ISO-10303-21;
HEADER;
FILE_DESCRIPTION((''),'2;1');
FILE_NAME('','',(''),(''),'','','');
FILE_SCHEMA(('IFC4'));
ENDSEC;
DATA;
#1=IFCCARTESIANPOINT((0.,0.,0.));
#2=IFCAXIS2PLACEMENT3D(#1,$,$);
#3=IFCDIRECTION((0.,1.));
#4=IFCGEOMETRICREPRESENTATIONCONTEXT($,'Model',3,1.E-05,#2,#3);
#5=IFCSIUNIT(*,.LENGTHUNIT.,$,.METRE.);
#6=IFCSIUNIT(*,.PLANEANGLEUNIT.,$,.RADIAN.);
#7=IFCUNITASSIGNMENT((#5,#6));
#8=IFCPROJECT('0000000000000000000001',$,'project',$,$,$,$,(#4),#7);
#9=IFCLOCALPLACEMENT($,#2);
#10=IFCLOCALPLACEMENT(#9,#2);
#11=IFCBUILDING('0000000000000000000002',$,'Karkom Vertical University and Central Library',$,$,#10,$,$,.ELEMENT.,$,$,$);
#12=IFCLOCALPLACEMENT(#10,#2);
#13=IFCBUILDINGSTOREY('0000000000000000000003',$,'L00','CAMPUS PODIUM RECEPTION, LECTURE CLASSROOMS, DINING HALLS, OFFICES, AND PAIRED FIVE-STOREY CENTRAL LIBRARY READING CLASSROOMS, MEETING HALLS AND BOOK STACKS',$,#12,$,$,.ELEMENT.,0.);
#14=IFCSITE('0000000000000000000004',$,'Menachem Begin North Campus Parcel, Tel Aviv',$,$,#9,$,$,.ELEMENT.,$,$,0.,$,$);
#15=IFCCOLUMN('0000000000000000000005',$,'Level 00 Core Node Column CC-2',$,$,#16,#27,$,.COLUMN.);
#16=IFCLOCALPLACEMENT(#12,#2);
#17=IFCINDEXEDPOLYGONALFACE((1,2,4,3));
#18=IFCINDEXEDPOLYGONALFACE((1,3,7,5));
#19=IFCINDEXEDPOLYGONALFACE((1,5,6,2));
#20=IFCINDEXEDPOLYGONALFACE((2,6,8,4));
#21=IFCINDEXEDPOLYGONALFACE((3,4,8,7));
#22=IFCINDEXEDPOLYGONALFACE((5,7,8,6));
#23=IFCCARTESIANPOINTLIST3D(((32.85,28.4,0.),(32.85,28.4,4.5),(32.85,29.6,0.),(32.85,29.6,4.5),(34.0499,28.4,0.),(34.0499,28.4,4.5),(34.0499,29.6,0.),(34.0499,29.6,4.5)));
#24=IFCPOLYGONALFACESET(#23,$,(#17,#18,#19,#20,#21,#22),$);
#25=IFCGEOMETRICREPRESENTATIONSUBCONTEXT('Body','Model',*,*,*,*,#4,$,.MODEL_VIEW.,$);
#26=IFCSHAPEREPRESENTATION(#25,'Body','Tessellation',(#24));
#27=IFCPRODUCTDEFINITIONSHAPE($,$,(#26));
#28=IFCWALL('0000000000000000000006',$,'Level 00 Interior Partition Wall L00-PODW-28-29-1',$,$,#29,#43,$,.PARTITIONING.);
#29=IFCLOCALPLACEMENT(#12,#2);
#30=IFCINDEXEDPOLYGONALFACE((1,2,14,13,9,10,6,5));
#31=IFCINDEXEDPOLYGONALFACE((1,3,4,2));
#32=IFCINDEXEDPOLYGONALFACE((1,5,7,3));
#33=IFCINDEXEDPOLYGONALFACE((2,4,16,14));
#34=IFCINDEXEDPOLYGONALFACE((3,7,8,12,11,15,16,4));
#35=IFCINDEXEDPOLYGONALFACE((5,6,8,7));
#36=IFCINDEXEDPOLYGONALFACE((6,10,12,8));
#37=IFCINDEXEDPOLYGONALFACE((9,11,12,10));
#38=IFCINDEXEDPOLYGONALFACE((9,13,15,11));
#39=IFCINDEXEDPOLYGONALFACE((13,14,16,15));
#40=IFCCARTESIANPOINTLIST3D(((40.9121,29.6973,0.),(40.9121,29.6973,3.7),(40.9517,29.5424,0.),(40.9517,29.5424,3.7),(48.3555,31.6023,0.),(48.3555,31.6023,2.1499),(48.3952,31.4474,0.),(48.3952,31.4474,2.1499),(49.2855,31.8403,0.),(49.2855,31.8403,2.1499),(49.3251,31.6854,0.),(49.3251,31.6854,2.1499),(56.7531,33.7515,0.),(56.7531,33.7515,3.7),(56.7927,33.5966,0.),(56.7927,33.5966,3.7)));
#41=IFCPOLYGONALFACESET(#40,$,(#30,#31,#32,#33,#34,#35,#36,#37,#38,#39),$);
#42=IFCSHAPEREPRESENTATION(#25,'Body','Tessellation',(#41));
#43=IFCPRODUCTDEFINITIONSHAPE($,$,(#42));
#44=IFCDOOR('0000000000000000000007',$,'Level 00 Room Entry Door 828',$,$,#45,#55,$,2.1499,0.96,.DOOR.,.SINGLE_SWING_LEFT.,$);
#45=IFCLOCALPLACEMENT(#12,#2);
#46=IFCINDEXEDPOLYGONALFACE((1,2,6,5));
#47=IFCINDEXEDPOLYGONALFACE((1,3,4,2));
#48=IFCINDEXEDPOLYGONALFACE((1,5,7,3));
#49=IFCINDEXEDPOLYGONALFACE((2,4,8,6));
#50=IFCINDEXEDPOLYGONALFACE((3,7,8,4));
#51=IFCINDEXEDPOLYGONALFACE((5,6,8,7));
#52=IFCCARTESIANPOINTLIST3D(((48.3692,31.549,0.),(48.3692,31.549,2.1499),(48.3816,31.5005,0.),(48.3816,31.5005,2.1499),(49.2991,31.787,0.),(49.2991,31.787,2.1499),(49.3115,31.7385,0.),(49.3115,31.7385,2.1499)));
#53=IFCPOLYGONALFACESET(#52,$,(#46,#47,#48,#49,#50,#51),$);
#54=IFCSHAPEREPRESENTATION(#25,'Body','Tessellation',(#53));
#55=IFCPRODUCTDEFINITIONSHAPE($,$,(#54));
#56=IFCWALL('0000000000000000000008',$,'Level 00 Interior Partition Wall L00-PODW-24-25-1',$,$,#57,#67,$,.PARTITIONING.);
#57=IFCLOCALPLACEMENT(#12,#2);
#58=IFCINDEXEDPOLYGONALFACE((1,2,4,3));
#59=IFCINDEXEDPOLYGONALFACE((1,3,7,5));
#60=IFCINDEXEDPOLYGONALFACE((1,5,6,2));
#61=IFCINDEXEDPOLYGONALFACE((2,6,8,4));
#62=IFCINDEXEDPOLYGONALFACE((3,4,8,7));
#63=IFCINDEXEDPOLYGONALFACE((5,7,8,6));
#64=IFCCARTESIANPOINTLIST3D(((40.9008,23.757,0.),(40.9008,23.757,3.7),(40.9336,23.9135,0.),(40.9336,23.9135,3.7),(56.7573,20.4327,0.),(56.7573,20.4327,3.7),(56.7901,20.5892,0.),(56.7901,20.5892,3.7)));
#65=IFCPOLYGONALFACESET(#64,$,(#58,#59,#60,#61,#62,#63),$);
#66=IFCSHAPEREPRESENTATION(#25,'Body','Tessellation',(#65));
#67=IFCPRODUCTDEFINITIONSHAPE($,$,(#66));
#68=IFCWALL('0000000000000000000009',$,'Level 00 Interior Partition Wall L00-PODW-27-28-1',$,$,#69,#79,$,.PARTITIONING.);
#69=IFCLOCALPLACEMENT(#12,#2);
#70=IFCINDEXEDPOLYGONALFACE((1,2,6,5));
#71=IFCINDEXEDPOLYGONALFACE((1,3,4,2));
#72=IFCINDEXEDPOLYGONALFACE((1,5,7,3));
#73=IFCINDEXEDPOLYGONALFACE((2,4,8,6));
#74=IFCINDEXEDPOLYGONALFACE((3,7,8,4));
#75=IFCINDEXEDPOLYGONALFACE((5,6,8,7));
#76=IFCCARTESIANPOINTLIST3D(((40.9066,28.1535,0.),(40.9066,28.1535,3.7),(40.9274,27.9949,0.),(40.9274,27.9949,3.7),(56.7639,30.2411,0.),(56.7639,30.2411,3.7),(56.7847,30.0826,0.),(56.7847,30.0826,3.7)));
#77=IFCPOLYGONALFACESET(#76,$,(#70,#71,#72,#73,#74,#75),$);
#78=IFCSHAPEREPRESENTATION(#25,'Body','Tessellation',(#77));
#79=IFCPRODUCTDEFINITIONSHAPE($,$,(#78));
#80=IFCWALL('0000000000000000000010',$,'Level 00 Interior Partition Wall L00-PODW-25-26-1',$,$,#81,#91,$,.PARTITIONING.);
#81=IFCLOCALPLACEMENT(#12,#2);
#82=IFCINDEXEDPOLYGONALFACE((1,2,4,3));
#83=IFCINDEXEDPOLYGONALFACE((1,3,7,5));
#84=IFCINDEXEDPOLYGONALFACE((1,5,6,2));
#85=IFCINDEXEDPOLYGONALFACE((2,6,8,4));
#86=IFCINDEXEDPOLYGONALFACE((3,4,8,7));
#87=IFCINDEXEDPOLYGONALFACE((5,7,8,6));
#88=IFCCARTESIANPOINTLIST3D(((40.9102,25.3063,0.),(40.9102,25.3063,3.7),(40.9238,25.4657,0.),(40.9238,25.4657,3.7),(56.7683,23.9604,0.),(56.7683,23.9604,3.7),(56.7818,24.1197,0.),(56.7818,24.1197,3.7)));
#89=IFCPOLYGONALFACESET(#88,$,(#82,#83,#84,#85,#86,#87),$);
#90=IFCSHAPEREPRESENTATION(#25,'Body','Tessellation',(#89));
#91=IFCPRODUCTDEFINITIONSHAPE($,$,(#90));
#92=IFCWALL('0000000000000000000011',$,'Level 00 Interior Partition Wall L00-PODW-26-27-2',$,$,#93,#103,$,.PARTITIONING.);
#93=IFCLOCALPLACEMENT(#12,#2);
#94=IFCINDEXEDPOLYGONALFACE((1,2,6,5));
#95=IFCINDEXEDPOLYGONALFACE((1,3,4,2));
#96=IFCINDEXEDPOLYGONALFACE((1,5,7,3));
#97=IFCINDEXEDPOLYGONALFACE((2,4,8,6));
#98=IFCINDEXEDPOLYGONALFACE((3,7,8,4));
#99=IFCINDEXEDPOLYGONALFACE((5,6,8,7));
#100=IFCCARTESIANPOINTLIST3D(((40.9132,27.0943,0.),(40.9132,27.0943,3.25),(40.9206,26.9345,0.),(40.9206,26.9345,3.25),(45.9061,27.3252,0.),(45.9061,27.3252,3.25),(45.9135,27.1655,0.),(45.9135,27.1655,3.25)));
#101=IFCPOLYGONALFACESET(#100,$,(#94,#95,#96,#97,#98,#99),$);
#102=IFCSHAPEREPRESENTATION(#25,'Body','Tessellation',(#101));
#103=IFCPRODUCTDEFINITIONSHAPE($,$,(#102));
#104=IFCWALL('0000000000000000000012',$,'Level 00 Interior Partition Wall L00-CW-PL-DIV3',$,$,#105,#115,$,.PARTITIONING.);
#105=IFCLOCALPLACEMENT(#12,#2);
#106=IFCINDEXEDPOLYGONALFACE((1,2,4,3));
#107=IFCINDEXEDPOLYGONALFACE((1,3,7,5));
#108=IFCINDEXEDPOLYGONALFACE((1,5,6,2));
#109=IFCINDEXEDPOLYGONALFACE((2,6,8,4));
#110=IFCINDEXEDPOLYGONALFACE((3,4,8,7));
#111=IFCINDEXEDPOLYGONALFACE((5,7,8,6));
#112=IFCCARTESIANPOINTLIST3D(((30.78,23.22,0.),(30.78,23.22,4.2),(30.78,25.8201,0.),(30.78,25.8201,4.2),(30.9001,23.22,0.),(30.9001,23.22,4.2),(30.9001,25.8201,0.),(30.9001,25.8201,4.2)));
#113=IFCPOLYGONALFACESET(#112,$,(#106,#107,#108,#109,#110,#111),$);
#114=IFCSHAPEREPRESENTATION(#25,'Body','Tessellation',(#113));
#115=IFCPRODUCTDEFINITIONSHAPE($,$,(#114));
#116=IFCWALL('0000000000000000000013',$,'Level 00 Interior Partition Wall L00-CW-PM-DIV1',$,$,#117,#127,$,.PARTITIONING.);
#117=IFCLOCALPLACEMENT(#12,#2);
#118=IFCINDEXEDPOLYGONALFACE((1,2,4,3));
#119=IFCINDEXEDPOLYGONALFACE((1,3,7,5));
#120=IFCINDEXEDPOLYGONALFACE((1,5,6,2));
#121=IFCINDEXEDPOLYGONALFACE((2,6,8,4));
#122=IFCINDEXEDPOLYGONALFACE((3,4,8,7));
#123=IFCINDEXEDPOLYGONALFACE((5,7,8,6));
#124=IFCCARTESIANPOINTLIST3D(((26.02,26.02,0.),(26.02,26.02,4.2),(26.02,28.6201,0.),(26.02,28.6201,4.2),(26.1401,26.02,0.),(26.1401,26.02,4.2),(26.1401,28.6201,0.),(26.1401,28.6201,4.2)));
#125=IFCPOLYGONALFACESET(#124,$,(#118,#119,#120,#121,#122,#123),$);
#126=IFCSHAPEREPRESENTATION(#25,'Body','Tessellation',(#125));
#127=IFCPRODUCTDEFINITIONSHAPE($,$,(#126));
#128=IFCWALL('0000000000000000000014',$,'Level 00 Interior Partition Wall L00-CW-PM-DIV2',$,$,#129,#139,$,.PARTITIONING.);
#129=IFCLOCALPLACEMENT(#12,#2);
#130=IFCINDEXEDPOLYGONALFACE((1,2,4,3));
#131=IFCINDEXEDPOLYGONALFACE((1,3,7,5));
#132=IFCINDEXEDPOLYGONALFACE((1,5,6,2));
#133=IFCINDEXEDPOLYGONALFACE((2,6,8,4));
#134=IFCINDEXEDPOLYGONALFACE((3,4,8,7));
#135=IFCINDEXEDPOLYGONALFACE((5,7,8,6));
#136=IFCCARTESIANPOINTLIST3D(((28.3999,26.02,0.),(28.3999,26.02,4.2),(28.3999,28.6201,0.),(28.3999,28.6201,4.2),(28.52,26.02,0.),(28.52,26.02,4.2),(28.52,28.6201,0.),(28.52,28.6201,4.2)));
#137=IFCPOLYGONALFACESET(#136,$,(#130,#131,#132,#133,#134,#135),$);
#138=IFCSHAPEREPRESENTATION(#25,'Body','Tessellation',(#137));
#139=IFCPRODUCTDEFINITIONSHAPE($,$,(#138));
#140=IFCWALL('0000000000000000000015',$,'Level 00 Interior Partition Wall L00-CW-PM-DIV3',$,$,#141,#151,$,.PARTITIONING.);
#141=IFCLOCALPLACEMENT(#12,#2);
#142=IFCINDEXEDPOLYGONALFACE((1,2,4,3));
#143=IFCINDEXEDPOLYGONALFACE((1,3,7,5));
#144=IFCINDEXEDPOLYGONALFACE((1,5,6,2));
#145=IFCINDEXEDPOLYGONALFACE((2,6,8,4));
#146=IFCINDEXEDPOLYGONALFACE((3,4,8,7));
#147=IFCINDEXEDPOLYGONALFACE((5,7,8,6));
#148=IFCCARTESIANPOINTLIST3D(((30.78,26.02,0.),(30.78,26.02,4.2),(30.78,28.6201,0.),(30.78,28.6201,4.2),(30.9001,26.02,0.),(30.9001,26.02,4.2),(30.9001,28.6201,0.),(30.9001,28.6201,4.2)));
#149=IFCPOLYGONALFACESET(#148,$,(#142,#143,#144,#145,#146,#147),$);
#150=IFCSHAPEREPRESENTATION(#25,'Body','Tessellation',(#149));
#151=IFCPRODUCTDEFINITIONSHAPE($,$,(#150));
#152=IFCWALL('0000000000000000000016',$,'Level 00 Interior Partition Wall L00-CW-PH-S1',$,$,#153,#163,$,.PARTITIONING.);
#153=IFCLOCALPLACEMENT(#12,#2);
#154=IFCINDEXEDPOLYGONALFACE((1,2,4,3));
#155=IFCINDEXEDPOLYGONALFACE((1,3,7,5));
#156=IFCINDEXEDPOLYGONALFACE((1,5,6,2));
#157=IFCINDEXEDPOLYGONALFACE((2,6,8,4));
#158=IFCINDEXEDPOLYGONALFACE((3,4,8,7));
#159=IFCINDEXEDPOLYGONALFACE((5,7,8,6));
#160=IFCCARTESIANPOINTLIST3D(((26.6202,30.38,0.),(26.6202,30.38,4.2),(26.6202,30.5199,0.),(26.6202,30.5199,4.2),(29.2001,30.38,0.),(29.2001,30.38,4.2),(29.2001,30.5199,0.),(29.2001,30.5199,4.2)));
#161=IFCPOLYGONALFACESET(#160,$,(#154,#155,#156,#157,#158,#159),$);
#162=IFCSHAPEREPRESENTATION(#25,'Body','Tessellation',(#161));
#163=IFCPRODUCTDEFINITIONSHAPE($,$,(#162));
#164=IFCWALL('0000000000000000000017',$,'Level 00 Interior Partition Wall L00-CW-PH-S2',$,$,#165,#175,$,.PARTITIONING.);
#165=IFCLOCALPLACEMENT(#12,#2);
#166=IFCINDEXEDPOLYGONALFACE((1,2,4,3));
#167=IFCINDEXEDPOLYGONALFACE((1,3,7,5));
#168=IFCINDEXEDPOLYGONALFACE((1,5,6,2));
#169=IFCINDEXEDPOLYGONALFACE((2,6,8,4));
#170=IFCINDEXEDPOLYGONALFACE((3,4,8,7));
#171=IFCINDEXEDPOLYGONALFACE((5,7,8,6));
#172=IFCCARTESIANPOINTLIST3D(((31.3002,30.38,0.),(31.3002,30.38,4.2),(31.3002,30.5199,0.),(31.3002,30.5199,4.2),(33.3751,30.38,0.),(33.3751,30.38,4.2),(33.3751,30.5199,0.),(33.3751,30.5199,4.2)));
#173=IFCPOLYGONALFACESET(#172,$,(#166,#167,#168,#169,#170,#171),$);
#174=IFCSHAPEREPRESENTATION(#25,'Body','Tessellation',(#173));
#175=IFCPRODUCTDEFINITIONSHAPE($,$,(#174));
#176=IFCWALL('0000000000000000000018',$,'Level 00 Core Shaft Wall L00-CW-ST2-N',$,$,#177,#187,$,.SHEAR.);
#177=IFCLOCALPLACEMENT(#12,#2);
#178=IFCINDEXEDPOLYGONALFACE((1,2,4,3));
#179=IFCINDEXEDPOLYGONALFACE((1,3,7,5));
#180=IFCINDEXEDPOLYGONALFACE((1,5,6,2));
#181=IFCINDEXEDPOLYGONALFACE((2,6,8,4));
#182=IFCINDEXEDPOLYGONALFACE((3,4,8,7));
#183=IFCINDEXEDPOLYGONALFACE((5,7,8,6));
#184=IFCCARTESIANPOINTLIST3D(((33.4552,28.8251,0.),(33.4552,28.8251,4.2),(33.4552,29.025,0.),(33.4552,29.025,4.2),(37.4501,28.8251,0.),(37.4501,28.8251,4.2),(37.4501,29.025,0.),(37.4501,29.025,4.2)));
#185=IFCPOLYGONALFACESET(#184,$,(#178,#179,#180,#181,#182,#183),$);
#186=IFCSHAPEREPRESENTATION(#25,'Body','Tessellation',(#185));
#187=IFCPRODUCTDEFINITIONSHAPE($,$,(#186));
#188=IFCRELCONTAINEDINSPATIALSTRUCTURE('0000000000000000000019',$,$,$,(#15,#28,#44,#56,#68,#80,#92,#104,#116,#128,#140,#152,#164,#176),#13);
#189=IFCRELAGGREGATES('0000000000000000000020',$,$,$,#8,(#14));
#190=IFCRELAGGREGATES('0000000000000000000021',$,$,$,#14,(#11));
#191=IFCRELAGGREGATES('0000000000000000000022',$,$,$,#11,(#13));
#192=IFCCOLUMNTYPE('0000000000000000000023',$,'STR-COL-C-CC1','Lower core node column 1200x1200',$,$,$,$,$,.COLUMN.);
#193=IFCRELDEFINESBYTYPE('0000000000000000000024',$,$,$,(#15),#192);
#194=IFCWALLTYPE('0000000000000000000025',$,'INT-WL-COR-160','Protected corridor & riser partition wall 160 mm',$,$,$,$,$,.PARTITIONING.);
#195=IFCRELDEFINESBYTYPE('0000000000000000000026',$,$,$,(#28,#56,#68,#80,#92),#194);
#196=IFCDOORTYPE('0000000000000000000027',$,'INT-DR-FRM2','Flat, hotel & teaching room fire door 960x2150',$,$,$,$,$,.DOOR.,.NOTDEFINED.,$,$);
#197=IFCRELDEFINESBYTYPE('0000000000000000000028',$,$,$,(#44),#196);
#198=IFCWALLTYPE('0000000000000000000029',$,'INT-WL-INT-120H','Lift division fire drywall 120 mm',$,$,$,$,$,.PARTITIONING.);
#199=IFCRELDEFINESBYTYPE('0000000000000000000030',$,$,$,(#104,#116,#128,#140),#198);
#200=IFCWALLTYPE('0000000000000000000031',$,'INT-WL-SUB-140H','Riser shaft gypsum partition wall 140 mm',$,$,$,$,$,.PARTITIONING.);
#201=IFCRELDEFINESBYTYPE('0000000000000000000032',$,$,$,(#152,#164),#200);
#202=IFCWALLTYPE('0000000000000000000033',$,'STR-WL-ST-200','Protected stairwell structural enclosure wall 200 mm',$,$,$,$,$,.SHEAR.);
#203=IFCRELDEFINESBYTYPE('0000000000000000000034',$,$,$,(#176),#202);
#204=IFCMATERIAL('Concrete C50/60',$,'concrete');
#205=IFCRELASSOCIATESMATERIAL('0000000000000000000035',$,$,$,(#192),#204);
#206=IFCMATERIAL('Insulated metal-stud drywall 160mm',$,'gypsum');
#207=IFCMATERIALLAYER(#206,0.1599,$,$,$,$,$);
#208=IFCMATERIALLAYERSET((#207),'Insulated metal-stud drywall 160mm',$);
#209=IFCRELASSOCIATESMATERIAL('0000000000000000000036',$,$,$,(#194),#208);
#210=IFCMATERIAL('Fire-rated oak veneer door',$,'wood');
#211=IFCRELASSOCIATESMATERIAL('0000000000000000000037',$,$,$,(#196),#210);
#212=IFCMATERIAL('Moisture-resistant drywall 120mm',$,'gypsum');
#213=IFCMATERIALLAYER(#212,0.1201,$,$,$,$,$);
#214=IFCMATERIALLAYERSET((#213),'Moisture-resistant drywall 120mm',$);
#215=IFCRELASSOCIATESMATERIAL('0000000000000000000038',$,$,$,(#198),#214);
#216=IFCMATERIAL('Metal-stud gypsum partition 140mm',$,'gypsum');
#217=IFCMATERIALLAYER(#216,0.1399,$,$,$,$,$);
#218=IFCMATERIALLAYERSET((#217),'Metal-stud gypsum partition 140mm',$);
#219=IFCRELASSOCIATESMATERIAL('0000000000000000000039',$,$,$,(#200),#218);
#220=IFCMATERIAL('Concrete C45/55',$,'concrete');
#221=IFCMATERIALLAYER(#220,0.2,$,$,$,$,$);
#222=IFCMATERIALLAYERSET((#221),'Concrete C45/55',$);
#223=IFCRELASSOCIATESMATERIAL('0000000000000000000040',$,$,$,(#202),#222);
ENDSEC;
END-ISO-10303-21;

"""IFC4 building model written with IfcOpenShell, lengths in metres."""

from ifc_helpers import new_model, si_unit, direction, frame, frame_2d, origin, origin_with_axes, origin_2d, place, context, subcontext, project, spatial, rectangle, extrude, source, transform, mapped, material, layer, layer_set, material_profile, profile_set, type_object, element, fill, save


model = new_model("IFC4")

# Units and contexts
model_context = context("Model", 3, precision=1e-05, world=origin(), true_north=direction((0.0, 1.0)))
body_context = subcontext(model_context, "Body", "Model", "MODEL_VIEW")
ifc_project = project(units=[si_unit("LENGTHUNIT", "METRE"), si_unit("PLANEANGLEUNIT", "RADIAN")], contexts=[model_context])

# Site, building, storey
site_placement = place(None, origin())
site = spatial("IfcSite", under=ifc_project, at=site_placement, Name="Menachem Begin North Campus Parcel, Tel Aviv", CompositionType="ELEMENT", RefElevation=0.0)
building_placement = place(site_placement, origin())
building = spatial("IfcBuilding", under=site, at=building_placement, Name="Karkom Vertical University and Central Library", CompositionType="ELEMENT")
storey_placement = place(building_placement, origin())
storey = spatial("IfcBuildingStorey", under=building, at=storey_placement, Name="L00", Description="CAMPUS PODIUM RECEPTION, LECTURE CLASSROOMS, DINING HALLS, OFFICES, AND PAIRED FIVE-STOREY CENTRAL LIBRARY READING CLASSROOMS, MEETING HALLS AND BOOK STACKS", CompositionType="ELEMENT", Elevation=0.0)

# Column
ifc_material_1 = material(Name="Concrete C50/60", Category="concrete")
ifc_material_profile = material_profile(ifc_material_1, rectangle(XDim=1.2, YDim=1.2, at=origin_2d()), Name="RC-1200x1200")
ifc_profile_set = profile_set([ifc_material_profile], Name="Concrete C50/60")
column_type = type_object("IfcColumnType", Name="STR-COL-C-CC1", Description="Lower core node column 1200x1200", PredefinedType="COLUMN", material=ifc_profile_set)
shared_shape_1 = source(origin_with_axes(), body_context, "Body", "SweptSolid", [
    extrude(rectangle(XDim=1.2, YDim=1.2, at=origin_2d()), origin(), (0.0, 0.0, 1.0), 4.5),
])
column_placement = place(storey_placement, frame((33.45, 29.0, 0.0), z_axis=(0.0, 0.0, 1.0), x_axis=(1.0, 0.0, 0.0)))
element("IfcColumn", 1, at=column_placement, inside=storey, type_object=column_type, Name="Level 00 Core Node Column CC-2", PredefinedType="COLUMN", context=body_context, shape_type="MappedRepresentation", body=[
    mapped(shared_shape_1, transform((0.0, 0.0, 0.0), scale=1.0)),
])

# Wall, opening, door
ifc_material_2 = material(Name="Insulated metal-stud drywall 160mm", Category="gypsum")
ifc_layer_1 = layer(ifc_material_2, 0.1599)
ifc_layer_set_1 = layer_set([ifc_layer_1], Name="Insulated metal-stud drywall 160mm")
wall_type_1 = type_object("IfcWallType", Name="INT-WL-COR-160", Description="Protected corridor & riser partition wall 160 mm", PredefinedType="PARTITIONING", material=ifc_layer_set_1)
wall_1_placement = place(storey_placement, frame((40.9319, 29.6199, 0.0), z_axis=(0.0, 0.0, 1.0), x_axis=(0.968776, 0.247939, 0.0)))
wall_1 = element("IfcWall", 2, at=wall_1_placement, inside=storey, type_object=wall_type_1, Name="Level 00 Interior Partition Wall L00-PODW-28-29-1", PredefinedType="PARTITIONING", context=body_context, shape_type="SweptSolid", body=[
    extrude(rectangle(XDim=16.3516, YDim=0.1599, at=frame_2d((8.1758, 0.0))), origin(), (0.0, 0.0, 1.0), 3.7),
])
opening_1_placement = place(wall_1_placement, frame((7.6833, 0.0, 0.0)))
opening_1 = element("IfcOpeningElement", 3, at=opening_1_placement, cuts=wall_1, PredefinedType="OPENING", context=body_context, shape_type="SweptSolid", body=[
    extrude(rectangle(XDim=0.96, YDim=2.1499, at=frame_2d((0.48, 1.075))), frame((0.0, 0.0898, 0.0), z_axis=(0.0, -1.0, 0.0), x_axis=(1.0, 0.0, 0.0)), (0.0, 0.0, 1.0), 0.1799),
])
ifc_material_3 = material(Name="Fire-rated oak veneer door", Category="wood")
door_type_1 = type_object("IfcDoorType", Name="INT-DR-FRM2", Description="Flat, hotel & teaching room fire door 960x2150", OperationType="NOTDEFINED", PredefinedType="DOOR", material=ifc_material_3)
shared_shape_2 = source(origin_with_axes(), body_context, "Body", "SweptSolid", [
    extrude(rectangle(XDim=0.96, YDim=2.1499, at=frame_2d((0.48, 1.075))), frame((0.0, 0.0249, 0.0), z_axis=(0.0, -1.0, 0.0), x_axis=(1.0, 0.0, 0.0)), (0.0, 0.0, 1.0), 0.05),
])
door_1_placement = place(opening_1_placement, origin())
door_1 = element("IfcDoor", 4, at=door_1_placement, inside=storey, type_object=door_type_1, Name="Level 00 Room Entry Door 828", OperationType="SINGLE_SWING_LEFT", OverallHeight=2.1499, OverallWidth=0.96, PredefinedType="DOOR", context=body_context, shape_type="MappedRepresentation", body=[
    mapped(shared_shape_2, transform((0.0, 0.0, 0.0), scale=1.0)),
])
fill(opening_1, door_1)

# Walls
wall_2_placement = place(storey_placement, frame((40.9172, 23.8352, 0.0), z_axis=(0.0, 0.0, 1.0), x_axis=(0.978723, -0.205184, 0.0)))
element("IfcWall", 5, at=wall_2_placement, inside=storey, type_object=wall_type_1, Name="Level 00 Interior Partition Wall L00-PODW-24-25-1", PredefinedType="PARTITIONING", context=body_context, shape_type="SweptSolid", body=[
    extrude(rectangle(XDim=16.2012, YDim=0.1599, at=frame_2d((8.1006, 0.0))), origin(), (0.0, 0.0, 1.0), 3.7),
])
wall_3_placement = place(storey_placement, frame((40.917, 28.0742, 0.0), z_axis=(0.0, 0.0, 1.0), x_axis=(0.991445, 0.130525, 0.0)))
element("IfcWall", 6, at=wall_3_placement, inside=storey, type_object=wall_type_1, Name="Level 00 Interior Partition Wall L00-PODW-27-28-1", PredefinedType="PARTITIONING", context=body_context, shape_type="SweptSolid", body=[
    extrude(rectangle(XDim=15.9941, YDim=0.1599, at=frame_2d((7.9971, 0.0))), origin(), (0.0, 0.0, 1.0), 3.7),
])
wall_4_placement = place(storey_placement, frame((40.917, 25.386, 0.0), z_axis=(0.0, 0.0, 1.0), x_axis=(0.996417, -0.084571, 0.0)))
element("IfcWall", 7, at=wall_4_placement, inside=storey, type_object=wall_type_1, Name="Level 00 Interior Partition Wall L00-PODW-25-26-1", PredefinedType="PARTITIONING", context=body_context, shape_type="SweptSolid", body=[
    extrude(rectangle(XDim=15.915, YDim=0.1599, at=frame_2d((7.9575, 0.0))), origin(), (0.0, 0.0, 1.0), 3.7),
])
wall_5_placement = place(storey_placement, frame((40.917, 27.0144, 0.0), z_axis=(0.0, 0.0, 1.0), x_axis=(0.998932, 0.046207, 0.0)))
element("IfcWall", 8, at=wall_5_placement, inside=storey, type_object=wall_type_1, Name="Level 00 Interior Partition Wall L00-PODW-26-27-2", PredefinedType="PARTITIONING", context=body_context, shape_type="SweptSolid", body=[
    extrude(rectangle(XDim=4.9983, YDim=0.1599, at=frame_2d((2.499, 0.0))), origin(), (0.0, 0.0, 1.0), 3.25),
])
ifc_material_4 = material(Name="Moisture-resistant drywall 120mm", Category="gypsum")
ifc_layer_2 = layer(ifc_material_4, 0.1201)
ifc_layer_set_2 = layer_set([ifc_layer_2], Name="Moisture-resistant drywall 120mm")
wall_type_2 = type_object("IfcWallType", Name="INT-WL-INT-120H", Description="Lift division fire drywall 120 mm", PredefinedType="PARTITIONING", material=ifc_layer_set_2)
for number, where, z_axis, x_axis, name in (
    (9, (30.8401, 23.22, 0.0), (0.0, 0.0, 1.0), (0.0, 1.0, 0.0), "Level 00 Interior Partition Wall L00-CW-PL-DIV3"),
    (10, (26.0801, 26.02, 0.0), (0.0, 0.0, 1.0), (0.0, 1.0, 0.0), "Level 00 Interior Partition Wall L00-CW-PM-DIV1"),
    (11, (28.46, 26.02, 0.0), (0.0, 0.0, 1.0), (0.0, 1.0, 0.0), "Level 00 Interior Partition Wall L00-CW-PM-DIV2"),
    (12, (30.8401, 26.02, 0.0), (0.0, 0.0, 1.0), (0.0, 1.0, 0.0), "Level 00 Interior Partition Wall L00-CW-PM-DIV3"),
):
    element("IfcWall", number, at=place(storey_placement, frame(where, z_axis=z_axis, x_axis=x_axis)), inside=storey, type_object=wall_type_2, Name=name, PredefinedType="PARTITIONING", context=body_context, shape_type="SweptSolid", body=[
        extrude(rectangle(XDim=2.6001, YDim=0.1201, at=frame_2d((1.3, 0.0))), origin(), (0.0, 0.0, 1.0), 4.2),
    ])

# Shared definitions
ifc_material_5 = material(Name="Metal-stud gypsum partition 140mm", Category="gypsum")
ifc_layer_3 = layer(ifc_material_5, 0.1399)
ifc_layer_set_3 = layer_set([ifc_layer_3], Name="Metal-stud gypsum partition 140mm")
wall_type_3 = type_object("IfcWallType", Name="INT-WL-SUB-140H", Description="Riser shaft gypsum partition wall 140 mm", PredefinedType="PARTITIONING", material=ifc_layer_set_3)

# Walls
wall_6_placement = place(storey_placement, frame((26.6201, 30.45, 0.0), z_axis=(0.0, 0.0, 1.0), x_axis=(1.0, 0.0, 0.0)))
element("IfcWall", 13, at=wall_6_placement, inside=storey, type_object=wall_type_3, Name="Level 00 Interior Partition Wall L00-CW-PH-S1", PredefinedType="PARTITIONING", context=body_context, shape_type="SweptSolid", body=[
    extrude(rectangle(XDim=2.5798, YDim=0.1399, at=frame_2d((1.29, 0.0))), origin(), (0.0, 0.0, 1.0), 4.2),
])
wall_7_placement = place(storey_placement, frame((31.3, 30.45, 0.0), z_axis=(0.0, 0.0, 1.0), x_axis=(1.0, 0.0, 0.0)))
element("IfcWall", 14, at=wall_7_placement, inside=storey, type_object=wall_type_3, Name="Level 00 Interior Partition Wall L00-CW-PH-S2", PredefinedType="PARTITIONING", context=body_context, shape_type="SweptSolid", body=[
    extrude(rectangle(XDim=2.075, YDim=0.1399, at=frame_2d((1.0376, 0.0))), origin(), (0.0, 0.0, 1.0), 4.2),
])
ifc_material_6 = material(Name="Concrete C45/55", Category="concrete")
ifc_layer_4 = layer(ifc_material_6, 0.2)
ifc_layer_set_4 = layer_set([ifc_layer_4], Name="Concrete C45/55")
wall_type_4 = type_object("IfcWallType", Name="STR-WL-ST-200", Description="Protected stairwell structural enclosure wall 200 mm", PredefinedType="SHEAR", material=ifc_layer_set_4)
wall_8_placement = place(storey_placement, frame((33.4551, 28.925, 0.0), z_axis=(0.0, 0.0, 1.0), x_axis=(1.0, 0.0, 0.0)))
element("IfcWall", 15, at=wall_8_placement, inside=storey, type_object=wall_type_4, Name="Level 00 Core Shaft Wall L00-CW-ST2-N", PredefinedType="SHEAR", context=body_context, shape_type="SweptSolid", body=[
    extrude(rectangle(XDim=3.9949, YDim=0.2, at=frame_2d((1.9976, 0.0))), origin(), (0.0, 0.0, 1.0), 4.2),
])

save(model, "model.ifc")
